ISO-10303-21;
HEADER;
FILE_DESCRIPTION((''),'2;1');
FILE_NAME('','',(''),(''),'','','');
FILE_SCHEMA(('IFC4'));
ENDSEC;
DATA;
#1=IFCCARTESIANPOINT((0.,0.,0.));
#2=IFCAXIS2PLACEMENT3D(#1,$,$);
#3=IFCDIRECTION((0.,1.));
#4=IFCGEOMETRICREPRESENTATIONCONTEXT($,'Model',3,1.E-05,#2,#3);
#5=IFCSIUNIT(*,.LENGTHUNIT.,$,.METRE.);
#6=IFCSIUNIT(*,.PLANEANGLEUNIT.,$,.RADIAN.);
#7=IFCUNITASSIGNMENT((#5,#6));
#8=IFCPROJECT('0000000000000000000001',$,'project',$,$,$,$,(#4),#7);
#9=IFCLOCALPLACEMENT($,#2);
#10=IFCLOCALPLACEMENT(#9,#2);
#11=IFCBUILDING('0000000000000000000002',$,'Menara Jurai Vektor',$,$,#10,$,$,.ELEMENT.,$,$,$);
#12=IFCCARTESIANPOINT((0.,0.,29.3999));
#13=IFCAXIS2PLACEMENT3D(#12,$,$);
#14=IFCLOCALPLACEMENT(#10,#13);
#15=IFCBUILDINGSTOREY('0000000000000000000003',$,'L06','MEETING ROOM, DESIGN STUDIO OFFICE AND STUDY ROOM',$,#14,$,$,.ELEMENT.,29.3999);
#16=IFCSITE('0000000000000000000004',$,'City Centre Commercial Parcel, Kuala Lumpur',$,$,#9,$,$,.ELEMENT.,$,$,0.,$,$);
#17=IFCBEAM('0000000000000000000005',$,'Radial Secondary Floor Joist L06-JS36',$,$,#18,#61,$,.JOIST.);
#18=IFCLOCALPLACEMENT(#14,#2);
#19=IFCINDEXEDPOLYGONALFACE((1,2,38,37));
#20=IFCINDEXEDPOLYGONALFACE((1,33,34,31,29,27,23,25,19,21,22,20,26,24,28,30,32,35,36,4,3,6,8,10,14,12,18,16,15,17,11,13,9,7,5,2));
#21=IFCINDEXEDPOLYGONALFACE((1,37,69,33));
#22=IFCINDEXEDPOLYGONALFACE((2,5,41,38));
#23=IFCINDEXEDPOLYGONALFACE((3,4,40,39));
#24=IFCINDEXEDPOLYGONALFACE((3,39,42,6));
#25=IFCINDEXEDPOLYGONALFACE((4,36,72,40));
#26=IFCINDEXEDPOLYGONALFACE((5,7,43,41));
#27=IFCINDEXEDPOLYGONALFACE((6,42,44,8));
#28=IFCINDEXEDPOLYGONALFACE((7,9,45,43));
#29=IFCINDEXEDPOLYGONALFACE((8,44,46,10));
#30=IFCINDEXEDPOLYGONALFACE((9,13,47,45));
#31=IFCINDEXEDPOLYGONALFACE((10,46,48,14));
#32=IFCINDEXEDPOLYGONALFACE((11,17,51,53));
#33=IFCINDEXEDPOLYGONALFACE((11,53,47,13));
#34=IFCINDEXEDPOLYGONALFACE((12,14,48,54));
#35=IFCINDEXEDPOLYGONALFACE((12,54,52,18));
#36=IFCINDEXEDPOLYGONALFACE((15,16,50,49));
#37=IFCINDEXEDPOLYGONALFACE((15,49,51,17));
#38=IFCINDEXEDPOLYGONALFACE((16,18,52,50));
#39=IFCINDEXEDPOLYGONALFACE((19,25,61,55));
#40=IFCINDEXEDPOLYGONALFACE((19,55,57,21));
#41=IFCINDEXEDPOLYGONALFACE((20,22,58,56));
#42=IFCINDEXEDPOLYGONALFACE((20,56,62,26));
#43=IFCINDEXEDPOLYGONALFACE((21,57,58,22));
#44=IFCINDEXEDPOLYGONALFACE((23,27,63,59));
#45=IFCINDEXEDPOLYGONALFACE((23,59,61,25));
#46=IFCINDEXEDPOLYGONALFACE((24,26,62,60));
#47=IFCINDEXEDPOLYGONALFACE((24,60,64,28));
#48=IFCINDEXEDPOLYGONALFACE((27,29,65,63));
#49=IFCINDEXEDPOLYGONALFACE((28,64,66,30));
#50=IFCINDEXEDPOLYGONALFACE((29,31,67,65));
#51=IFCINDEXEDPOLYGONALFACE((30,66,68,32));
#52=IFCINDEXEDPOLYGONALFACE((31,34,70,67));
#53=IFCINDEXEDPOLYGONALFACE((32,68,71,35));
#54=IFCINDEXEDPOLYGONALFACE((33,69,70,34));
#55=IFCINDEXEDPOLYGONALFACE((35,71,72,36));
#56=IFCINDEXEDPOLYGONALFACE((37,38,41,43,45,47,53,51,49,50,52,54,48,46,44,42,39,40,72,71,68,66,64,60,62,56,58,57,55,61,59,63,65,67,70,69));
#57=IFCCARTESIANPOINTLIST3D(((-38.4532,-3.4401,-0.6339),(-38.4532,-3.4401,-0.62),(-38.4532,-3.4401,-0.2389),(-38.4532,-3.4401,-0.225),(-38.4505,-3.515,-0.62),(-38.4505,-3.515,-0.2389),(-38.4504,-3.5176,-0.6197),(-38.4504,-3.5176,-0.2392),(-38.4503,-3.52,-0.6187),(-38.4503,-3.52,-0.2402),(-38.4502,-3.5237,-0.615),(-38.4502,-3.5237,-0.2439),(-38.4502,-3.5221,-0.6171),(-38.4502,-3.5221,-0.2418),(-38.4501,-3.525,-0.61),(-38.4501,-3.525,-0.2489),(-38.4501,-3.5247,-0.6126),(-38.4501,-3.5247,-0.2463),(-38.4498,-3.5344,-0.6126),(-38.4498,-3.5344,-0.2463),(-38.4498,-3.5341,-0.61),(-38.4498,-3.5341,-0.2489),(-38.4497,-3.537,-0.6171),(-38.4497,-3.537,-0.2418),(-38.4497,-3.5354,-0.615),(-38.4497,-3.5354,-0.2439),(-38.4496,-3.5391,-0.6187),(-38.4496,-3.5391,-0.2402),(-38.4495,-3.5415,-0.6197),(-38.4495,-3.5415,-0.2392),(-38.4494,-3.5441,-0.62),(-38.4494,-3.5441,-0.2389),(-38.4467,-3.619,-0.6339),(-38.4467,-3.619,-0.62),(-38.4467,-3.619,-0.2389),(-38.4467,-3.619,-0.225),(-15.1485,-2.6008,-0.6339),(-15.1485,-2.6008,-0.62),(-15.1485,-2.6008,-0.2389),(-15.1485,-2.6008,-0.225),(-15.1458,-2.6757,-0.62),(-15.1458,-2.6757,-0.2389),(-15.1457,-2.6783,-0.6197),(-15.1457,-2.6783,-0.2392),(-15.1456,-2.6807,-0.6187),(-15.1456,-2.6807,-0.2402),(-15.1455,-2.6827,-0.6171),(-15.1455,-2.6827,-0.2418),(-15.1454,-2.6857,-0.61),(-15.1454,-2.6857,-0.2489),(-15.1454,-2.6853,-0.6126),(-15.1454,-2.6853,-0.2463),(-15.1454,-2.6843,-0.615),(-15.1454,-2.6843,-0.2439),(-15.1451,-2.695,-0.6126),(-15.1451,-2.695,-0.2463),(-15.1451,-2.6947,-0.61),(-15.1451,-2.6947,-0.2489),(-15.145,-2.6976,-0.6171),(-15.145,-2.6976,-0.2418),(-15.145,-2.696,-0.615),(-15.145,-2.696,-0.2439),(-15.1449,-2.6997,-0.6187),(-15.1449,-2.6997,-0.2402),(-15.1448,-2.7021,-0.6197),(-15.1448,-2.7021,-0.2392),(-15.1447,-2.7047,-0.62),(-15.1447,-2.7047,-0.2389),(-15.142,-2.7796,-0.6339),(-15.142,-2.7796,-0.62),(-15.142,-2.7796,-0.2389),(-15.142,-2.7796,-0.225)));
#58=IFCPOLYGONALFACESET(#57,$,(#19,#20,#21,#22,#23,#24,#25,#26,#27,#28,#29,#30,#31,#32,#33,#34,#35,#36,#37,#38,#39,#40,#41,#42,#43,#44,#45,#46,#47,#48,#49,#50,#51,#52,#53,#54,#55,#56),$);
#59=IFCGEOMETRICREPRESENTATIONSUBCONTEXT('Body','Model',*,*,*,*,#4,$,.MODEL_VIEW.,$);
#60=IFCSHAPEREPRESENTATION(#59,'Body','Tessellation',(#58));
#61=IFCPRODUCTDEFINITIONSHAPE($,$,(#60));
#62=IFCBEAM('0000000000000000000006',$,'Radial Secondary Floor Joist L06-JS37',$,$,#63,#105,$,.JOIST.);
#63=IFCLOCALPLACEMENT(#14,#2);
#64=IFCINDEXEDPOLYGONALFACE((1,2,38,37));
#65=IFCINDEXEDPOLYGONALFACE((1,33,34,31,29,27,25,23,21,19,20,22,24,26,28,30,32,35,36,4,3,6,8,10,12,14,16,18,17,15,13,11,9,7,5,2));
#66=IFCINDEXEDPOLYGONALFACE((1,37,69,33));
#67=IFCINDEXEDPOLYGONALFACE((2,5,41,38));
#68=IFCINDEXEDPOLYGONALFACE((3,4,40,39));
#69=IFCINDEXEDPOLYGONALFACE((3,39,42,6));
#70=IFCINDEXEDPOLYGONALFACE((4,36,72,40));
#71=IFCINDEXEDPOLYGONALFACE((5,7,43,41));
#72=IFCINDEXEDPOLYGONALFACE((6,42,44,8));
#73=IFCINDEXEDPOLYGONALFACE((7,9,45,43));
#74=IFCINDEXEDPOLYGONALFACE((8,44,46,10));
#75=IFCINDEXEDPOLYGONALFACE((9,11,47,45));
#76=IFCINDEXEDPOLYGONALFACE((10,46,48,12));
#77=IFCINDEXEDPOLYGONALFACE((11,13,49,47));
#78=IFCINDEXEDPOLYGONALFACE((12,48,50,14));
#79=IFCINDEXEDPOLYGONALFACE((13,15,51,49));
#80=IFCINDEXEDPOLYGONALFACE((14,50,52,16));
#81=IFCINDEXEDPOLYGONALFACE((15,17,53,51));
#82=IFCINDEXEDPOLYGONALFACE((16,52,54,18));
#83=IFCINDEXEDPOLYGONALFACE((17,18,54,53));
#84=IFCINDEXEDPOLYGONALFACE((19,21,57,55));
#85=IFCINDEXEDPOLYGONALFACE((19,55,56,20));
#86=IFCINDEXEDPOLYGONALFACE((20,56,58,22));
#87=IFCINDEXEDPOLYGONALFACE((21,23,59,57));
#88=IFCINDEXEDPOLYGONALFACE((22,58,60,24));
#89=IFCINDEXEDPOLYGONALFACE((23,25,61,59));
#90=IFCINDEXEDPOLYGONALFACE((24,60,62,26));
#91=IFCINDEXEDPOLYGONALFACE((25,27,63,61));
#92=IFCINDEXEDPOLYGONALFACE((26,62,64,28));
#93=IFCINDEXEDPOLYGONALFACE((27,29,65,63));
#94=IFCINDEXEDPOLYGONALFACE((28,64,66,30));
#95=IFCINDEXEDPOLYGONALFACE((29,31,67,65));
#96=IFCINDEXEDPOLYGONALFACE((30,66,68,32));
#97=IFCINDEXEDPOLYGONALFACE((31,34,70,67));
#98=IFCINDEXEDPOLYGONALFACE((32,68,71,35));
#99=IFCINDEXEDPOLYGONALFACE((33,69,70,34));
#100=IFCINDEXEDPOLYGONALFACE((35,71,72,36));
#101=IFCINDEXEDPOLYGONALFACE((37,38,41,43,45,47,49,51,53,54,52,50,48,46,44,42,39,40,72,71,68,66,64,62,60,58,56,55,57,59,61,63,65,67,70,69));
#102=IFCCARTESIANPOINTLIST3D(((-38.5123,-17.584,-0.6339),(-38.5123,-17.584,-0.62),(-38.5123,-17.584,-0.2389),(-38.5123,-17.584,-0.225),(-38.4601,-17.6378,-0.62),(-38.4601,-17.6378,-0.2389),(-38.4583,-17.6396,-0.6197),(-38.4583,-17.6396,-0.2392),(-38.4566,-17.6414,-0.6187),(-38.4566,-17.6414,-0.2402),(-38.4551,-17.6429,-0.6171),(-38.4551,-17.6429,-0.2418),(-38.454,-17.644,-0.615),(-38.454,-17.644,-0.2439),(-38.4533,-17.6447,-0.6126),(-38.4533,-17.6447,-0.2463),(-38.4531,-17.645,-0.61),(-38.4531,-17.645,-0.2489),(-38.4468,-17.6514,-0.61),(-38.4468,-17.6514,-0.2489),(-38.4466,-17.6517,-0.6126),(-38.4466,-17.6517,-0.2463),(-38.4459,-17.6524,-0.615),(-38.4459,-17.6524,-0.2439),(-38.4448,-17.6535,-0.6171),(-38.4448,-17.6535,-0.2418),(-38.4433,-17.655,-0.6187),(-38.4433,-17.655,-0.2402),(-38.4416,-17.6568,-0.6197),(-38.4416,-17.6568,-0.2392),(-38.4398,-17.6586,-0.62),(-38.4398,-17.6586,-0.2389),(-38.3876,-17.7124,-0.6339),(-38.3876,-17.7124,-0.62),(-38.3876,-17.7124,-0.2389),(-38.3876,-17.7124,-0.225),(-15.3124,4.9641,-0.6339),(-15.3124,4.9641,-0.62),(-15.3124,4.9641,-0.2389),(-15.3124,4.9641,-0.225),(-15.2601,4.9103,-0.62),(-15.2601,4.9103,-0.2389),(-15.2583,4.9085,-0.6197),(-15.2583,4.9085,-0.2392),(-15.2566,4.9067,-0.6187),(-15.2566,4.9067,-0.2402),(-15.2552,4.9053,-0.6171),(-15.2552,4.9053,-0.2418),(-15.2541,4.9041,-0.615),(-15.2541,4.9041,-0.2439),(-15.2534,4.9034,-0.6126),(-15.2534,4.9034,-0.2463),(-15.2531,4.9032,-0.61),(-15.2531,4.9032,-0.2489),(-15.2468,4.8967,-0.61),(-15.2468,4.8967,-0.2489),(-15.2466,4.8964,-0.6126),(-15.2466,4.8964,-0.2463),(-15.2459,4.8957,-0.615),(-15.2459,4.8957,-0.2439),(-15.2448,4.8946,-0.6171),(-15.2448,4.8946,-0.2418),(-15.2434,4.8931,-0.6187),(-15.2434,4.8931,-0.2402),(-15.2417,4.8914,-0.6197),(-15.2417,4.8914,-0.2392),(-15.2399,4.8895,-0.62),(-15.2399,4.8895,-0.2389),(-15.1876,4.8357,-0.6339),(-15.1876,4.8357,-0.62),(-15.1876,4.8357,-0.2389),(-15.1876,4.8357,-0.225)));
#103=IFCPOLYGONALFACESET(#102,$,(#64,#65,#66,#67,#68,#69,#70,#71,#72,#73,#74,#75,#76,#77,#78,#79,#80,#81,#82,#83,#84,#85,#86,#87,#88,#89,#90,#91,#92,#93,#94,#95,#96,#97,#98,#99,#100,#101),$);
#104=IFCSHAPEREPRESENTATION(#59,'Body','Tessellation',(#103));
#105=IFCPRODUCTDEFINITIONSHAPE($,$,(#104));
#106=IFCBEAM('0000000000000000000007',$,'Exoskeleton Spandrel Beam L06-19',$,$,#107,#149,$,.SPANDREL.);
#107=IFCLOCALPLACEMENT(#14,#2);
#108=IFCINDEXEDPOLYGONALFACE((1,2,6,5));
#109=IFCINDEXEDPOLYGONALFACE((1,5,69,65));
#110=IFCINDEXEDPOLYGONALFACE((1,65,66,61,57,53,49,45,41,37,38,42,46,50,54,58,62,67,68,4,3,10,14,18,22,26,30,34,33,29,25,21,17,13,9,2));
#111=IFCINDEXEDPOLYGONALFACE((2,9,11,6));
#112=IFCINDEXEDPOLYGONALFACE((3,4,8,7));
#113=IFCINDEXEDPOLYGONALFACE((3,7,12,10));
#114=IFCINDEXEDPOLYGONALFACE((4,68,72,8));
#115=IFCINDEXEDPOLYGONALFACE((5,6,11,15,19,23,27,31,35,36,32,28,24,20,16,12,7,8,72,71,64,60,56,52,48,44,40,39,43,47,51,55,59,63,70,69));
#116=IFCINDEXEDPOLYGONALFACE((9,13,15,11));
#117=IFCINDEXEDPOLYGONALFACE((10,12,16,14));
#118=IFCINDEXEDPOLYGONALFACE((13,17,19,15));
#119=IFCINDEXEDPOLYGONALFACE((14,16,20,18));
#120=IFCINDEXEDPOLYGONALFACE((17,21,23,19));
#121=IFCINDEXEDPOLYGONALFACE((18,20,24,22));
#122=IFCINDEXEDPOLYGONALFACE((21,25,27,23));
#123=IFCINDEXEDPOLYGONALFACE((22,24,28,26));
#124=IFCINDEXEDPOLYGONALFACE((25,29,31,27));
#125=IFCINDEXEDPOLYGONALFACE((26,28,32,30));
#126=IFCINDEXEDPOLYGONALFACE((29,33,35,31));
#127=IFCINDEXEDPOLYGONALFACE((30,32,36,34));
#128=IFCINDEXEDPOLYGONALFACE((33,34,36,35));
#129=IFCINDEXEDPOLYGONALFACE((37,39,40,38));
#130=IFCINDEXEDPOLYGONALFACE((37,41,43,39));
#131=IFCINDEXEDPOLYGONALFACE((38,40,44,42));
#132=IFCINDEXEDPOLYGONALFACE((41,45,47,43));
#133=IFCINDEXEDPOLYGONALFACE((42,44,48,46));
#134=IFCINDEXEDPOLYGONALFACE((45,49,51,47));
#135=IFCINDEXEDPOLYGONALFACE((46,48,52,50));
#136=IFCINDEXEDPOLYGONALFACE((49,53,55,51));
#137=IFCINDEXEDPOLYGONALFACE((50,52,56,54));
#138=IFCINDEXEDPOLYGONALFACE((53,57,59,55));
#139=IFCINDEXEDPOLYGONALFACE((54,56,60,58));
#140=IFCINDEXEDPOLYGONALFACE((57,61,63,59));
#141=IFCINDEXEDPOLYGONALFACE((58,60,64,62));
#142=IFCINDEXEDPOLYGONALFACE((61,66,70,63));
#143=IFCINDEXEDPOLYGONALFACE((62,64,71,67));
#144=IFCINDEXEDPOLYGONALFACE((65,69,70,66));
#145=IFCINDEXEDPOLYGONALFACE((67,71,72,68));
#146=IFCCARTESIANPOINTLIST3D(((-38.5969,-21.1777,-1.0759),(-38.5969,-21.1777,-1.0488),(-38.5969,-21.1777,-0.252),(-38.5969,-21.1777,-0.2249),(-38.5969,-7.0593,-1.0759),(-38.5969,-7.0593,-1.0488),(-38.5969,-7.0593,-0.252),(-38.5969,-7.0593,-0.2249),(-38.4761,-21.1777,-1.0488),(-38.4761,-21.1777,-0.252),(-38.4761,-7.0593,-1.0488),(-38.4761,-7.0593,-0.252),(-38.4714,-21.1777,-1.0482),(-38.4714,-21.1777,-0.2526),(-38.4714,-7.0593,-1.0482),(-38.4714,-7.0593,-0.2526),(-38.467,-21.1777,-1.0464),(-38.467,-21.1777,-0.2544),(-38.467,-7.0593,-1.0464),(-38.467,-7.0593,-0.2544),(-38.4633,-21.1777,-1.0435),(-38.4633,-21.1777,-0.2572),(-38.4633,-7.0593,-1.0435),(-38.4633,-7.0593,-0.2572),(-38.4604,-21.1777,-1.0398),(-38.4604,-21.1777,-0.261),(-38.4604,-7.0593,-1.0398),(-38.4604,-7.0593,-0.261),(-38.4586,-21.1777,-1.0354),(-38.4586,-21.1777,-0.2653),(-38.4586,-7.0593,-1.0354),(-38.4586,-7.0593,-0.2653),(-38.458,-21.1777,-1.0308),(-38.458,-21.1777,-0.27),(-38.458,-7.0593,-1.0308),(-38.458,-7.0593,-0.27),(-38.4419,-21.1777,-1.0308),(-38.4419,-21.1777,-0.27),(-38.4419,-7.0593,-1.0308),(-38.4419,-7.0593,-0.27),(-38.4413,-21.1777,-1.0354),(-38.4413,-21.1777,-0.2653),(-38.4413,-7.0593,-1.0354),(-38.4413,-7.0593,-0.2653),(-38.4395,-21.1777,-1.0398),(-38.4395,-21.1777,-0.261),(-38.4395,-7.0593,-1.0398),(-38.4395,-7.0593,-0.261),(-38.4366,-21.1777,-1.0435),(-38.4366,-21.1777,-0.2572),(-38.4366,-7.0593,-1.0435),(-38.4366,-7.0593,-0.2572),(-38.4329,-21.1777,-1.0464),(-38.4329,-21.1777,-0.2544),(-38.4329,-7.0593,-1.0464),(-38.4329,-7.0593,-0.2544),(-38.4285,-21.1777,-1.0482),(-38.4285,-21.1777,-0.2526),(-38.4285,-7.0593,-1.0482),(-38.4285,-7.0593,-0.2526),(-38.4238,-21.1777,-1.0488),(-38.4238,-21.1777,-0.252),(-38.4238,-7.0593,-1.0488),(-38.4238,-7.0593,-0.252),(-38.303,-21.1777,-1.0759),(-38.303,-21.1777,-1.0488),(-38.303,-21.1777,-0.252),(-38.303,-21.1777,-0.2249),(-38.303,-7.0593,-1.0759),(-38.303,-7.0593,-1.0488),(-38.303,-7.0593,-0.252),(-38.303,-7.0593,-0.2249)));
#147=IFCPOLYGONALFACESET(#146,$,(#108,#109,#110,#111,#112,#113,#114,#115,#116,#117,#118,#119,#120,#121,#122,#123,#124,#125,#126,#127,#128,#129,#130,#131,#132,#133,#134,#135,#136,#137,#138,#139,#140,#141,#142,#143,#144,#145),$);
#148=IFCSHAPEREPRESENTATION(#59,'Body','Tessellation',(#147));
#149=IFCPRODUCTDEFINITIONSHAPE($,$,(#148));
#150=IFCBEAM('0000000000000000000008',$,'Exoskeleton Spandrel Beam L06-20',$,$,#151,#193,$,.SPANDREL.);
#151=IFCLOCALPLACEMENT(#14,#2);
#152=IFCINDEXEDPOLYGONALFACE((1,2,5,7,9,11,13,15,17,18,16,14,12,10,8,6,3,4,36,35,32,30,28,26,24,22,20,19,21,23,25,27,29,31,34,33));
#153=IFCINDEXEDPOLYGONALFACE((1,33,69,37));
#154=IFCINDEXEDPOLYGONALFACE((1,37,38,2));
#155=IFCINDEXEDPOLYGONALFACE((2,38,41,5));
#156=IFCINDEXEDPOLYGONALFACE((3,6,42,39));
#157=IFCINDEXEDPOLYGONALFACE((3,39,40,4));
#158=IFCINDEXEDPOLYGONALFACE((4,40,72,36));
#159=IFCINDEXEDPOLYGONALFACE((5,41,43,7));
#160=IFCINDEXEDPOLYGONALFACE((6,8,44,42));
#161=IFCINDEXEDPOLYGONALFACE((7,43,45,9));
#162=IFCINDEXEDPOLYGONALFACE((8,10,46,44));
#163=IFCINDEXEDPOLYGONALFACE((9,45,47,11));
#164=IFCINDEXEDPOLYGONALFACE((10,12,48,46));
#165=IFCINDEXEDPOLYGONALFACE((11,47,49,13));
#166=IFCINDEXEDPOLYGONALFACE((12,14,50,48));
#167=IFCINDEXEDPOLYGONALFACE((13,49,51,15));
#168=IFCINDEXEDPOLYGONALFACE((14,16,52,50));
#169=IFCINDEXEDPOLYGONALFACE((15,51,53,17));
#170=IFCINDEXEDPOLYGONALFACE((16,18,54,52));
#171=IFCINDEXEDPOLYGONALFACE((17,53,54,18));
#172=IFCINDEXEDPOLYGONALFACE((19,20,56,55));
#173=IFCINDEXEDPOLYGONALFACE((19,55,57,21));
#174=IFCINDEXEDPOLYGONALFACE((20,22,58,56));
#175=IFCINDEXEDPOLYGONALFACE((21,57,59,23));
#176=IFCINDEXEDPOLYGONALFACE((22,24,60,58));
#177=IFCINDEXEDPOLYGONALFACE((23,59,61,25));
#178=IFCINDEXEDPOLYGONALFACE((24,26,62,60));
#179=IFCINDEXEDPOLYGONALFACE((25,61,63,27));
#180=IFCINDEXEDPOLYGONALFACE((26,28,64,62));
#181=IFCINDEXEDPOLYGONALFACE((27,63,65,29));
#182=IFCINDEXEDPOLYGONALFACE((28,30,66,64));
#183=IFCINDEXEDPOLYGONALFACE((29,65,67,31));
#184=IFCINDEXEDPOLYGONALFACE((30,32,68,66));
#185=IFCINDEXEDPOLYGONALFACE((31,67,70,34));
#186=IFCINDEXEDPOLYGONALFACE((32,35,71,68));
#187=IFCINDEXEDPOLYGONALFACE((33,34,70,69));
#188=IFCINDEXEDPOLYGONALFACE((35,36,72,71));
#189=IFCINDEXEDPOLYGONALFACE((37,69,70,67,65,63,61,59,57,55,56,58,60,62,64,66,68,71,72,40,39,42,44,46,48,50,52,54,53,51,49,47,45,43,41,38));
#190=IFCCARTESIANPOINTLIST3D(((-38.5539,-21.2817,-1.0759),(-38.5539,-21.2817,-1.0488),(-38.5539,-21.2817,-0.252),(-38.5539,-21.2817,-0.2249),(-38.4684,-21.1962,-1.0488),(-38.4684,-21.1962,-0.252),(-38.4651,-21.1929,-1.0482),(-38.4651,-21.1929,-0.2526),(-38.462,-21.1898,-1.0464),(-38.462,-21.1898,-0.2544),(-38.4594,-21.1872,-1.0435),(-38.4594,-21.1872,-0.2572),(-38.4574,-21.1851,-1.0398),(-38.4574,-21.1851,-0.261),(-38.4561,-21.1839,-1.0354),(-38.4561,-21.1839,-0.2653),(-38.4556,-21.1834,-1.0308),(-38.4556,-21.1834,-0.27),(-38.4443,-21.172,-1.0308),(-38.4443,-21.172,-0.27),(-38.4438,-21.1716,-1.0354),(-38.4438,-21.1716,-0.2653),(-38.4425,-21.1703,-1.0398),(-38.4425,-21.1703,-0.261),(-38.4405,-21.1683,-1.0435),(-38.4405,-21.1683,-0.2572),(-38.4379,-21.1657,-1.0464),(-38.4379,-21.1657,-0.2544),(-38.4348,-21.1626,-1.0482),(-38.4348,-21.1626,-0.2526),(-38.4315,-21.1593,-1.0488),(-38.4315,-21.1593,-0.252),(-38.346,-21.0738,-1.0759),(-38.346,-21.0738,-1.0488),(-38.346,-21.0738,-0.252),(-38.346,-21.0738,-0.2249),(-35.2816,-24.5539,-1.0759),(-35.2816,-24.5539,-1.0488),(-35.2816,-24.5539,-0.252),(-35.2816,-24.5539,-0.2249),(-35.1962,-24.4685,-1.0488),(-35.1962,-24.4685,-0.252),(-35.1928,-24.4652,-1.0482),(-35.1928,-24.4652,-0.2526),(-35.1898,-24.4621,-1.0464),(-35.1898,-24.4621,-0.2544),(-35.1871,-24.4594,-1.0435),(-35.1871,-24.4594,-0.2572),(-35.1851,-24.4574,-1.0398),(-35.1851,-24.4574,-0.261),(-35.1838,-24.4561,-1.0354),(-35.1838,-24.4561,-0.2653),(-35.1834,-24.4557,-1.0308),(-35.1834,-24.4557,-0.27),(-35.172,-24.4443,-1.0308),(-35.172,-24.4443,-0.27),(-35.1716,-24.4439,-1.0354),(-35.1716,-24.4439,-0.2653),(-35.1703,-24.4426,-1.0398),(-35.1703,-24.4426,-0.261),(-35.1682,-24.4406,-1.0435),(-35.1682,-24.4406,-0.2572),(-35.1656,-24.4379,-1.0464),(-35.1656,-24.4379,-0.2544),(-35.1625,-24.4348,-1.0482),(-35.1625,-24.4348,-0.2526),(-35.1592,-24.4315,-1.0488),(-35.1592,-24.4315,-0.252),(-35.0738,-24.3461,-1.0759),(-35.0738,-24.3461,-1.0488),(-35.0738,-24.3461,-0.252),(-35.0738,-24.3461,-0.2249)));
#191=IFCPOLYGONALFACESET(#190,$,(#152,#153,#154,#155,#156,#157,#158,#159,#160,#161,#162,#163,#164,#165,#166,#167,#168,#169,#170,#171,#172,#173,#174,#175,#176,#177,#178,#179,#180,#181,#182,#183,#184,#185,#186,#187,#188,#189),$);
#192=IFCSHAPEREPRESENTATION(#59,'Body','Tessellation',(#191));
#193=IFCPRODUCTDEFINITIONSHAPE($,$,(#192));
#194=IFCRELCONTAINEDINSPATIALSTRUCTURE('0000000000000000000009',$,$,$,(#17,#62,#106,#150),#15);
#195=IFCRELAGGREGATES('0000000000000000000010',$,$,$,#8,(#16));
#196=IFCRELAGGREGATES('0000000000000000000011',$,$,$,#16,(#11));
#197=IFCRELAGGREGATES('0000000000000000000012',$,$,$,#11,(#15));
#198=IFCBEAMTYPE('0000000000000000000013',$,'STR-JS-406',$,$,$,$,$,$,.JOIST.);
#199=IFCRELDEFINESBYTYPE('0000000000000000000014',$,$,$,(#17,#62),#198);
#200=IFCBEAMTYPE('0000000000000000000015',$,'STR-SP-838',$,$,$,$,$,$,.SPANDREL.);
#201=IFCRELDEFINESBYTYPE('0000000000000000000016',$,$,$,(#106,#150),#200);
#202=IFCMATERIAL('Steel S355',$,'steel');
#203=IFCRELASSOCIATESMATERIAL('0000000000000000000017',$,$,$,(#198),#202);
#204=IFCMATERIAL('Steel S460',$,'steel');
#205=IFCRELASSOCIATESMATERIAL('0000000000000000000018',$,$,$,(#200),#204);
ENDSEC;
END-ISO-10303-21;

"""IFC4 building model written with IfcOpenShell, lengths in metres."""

from ifc_helpers import new_model, si_unit, direction, frame, origin, origin_2d, place, context, subcontext, project, spatial, i_section, extrude, material, material_profile, profile_set, type_object, element, save


model = new_model("IFC4")

# Units and contexts
model_context = context("Model", 3, precision=1e-05, world=origin(), true_north=direction((0.0, 1.0)))
body_context = subcontext(model_context, "Body", "Model", "MODEL_VIEW")
ifc_project = project(units=[si_unit("LENGTHUNIT", "METRE"), si_unit("PLANEANGLEUNIT", "RADIAN")], contexts=[model_context])

# Site, building, storey
site_placement = place(None, origin())
site = spatial("IfcSite", under=ifc_project, at=site_placement, Name="City Centre Commercial Parcel, Kuala Lumpur", CompositionType="ELEMENT", RefElevation=0.0)
building_placement = place(site_placement, origin())
building = spatial("IfcBuilding", under=site, at=building_placement, Name="Menara Jurai Vektor", CompositionType="ELEMENT")
storey_placement = place(building_placement, frame((0.0, 0.0, 29.3999)))
storey = spatial("IfcBuildingStorey", under=building, at=storey_placement, Name="L06", Description="MEETING ROOM, DESIGN STUDIO OFFICE AND STUDY ROOM", CompositionType="ELEMENT", Elevation=29.3999)

# Shared definitions
ifc_material_1 = material(Name="Steel S460", Category="steel")

# Shared definitions
ifc_material_2 = material(Name="Steel S355", Category="steel")

# Beams
ifc_material_profile_1 = material_profile(ifc_material_2, i_section(OverallWidth=0.179, OverallDepth=0.4089, WebThickness=0.009, FlangeThickness=0.0139, FilletRadius=0.01, at=origin_2d()), Name="UKB 406x178x67")
ifc_profile_set_1 = profile_set([ifc_material_profile_1], Name="Steel S355")
beam_type_1 = type_object("IfcBeamType", Name="STR-JS-406", PredefinedType="JOIST", material=ifc_profile_set_1)
beam_1_placement = place(storey_placement, frame((-38.45, -3.5295, -0.4294), z_axis=(0.999352, 0.035993, 0.0), x_axis=(-0.035993, 0.999352, 0.0)))
element("IfcBeam", 1, at=beam_1_placement, inside=storey, type_object=beam_type_1, Name="Radial Secondary Floor Joist L06-JS36", PredefinedType="JOIST", context=body_context, shape_type="SweptSolid", body=[
    extrude(i_section(OverallWidth=0.179, OverallDepth=0.4089, WebThickness=0.009, FlangeThickness=0.0139, FilletRadius=0.01, at=origin_2d()), origin(), (0.0, 0.0, 1.0), 23.3198),
])
beam_2_placement = place(storey_placement, frame((-38.45, -17.6482, -0.4294), z_axis=(0.717109, 0.696961, 0.0), x_axis=(-0.696961, 0.717109, 0.0)))
element("IfcBeam", 2, at=beam_2_placement, inside=storey, type_object=beam_type_1, Name="Radial Secondary Floor Joist L06-JS37", PredefinedType="JOIST", context=body_context, shape_type="SweptSolid", body=[
    extrude(i_section(OverallWidth=0.179, OverallDepth=0.4089, WebThickness=0.009, FlangeThickness=0.0139, FilletRadius=0.01, at=origin_2d()), origin(), (0.0, 0.0, 1.0), 32.3521),
])
ifc_material_profile_2 = material_profile(ifc_material_1, i_section(OverallWidth=0.2939, OverallDepth=0.8511, WebThickness=0.0161, FlangeThickness=0.0271, FilletRadius=0.0181, at=origin_2d()), Name="UKB 838x292x226")
ifc_profile_set_2 = profile_set([ifc_material_profile_2], Name="Steel S460")
beam_type_2 = type_object("IfcBeamType", Name="STR-SP-838", PredefinedType="SPANDREL", material=ifc_profile_set_2)
beam_3_placement = place(storey_placement, frame((-38.45, -7.0593, -0.6504), z_axis=(0.0, -1.0, 0.0), x_axis=(1.0, 0.0, 0.0)))
element("IfcBeam", 3, at=beam_3_placement, inside=storey, type_object=beam_type_2, Name="Exoskeleton Spandrel Beam L06-19", PredefinedType="SPANDREL", context=body_context, shape_type="SweptSolid", body=[
    extrude(i_section(OverallWidth=0.2939, OverallDepth=0.8511, WebThickness=0.0161, FlangeThickness=0.0271, FilletRadius=0.0181, at=origin_2d()), origin(), (0.0, 0.0, 1.0), 14.1184),
])
beam_4_placement = place(storey_placement, frame((-38.45, -21.1777, -0.6504), z_axis=(0.707107, -0.707107, 0.0), x_axis=(0.707107, 0.707107, 0.0)))
element("IfcBeam", 4, at=beam_4_placement, inside=storey, type_object=beam_type_2, Name="Exoskeleton Spandrel Beam L06-20", PredefinedType="SPANDREL", context=body_context, shape_type="SweptSolid", body=[
    extrude(i_section(OverallWidth=0.2939, OverallDepth=0.8511, WebThickness=0.0161, FlangeThickness=0.0271, FilletRadius=0.0181, at=origin_2d()), origin(), (0.0, 0.0, 1.0), 4.6277),
])

save(model, "model.ifc")
